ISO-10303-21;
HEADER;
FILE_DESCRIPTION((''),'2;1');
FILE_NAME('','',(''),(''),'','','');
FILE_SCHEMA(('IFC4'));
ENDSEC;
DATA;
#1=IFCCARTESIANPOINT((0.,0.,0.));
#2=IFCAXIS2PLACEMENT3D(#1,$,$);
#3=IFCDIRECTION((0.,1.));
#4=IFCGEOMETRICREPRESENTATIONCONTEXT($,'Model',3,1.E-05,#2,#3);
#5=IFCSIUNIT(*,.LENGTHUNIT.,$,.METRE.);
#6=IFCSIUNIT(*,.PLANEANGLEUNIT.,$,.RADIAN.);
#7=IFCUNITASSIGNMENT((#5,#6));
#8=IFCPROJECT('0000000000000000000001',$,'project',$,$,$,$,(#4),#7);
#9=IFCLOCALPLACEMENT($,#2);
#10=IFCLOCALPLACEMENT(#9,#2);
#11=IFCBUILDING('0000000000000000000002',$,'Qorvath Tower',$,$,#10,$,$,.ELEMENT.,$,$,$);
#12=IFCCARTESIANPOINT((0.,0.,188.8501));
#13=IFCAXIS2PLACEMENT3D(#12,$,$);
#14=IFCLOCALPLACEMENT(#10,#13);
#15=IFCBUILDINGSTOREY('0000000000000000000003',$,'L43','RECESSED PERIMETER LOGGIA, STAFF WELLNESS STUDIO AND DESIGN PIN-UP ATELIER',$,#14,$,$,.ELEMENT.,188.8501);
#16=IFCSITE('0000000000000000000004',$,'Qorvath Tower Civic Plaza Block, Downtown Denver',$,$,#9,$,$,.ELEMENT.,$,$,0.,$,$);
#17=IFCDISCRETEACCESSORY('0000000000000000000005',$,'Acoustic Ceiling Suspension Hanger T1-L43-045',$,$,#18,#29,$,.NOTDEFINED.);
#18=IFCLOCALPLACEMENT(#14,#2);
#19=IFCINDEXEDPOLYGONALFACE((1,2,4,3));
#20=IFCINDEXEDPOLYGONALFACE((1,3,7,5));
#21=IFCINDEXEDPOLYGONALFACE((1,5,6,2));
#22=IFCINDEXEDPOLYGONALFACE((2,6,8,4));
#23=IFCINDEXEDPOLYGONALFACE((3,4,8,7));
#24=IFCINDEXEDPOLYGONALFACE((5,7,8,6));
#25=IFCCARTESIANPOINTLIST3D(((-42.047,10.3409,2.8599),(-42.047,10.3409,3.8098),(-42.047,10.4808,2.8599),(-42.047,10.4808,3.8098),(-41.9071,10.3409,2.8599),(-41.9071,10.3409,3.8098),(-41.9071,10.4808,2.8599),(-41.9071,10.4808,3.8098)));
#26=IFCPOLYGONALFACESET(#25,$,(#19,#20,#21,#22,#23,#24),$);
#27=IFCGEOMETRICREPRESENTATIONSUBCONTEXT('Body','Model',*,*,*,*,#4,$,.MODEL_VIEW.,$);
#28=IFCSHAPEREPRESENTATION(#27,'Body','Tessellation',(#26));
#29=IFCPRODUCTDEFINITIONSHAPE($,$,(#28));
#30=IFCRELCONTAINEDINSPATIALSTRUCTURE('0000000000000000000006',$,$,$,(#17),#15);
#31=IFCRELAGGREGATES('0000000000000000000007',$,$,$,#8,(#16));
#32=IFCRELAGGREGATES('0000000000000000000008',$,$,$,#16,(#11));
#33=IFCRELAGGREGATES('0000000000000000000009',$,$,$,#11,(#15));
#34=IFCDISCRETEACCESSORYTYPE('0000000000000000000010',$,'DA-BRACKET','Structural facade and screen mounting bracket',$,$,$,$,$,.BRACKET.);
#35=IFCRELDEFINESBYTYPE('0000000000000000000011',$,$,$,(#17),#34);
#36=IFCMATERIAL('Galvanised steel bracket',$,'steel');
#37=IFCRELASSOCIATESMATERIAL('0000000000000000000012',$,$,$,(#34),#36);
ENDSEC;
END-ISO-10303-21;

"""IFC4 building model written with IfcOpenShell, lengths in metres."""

from ifc_helpers import new_model, si_unit, direction, frame, origin, origin_2d, place, context, subcontext, project, spatial, rectangle, extrude, material, type_object, element, save


model = new_model("IFC4")

# Units and contexts
model_context = context("Model", 3, precision=1e-05, world=origin(), true_north=direction((0.0, 1.0)))
body_context = subcontext(model_context, "Body", "Model", "MODEL_VIEW")
ifc_project = project(units=[si_unit("LENGTHUNIT", "METRE"), si_unit("PLANEANGLEUNIT", "RADIAN")], contexts=[model_context])

# Site, building, storey
site_placement = place(None, origin())
site = spatial("IfcSite", under=ifc_project, at=site_placement, Name="Qorvath Tower Civic Plaza Block, Downtown Denver", CompositionType="ELEMENT", RefElevation=0.0)
building_placement = place(site_placement, origin())
building = spatial("IfcBuilding", under=site, at=building_placement, Name="Qorvath Tower", CompositionType="ELEMENT")
storey_placement = place(building_placement, frame((0.0, 0.0, 188.8501)))
storey = spatial("IfcBuildingStorey", under=building, at=storey_placement, Name="L43", Description="RECESSED PERIMETER LOGGIA, STAFF WELLNESS STUDIO AND DESIGN PIN-UP ATELIER", CompositionType="ELEMENT", Elevation=188.8501)

# Discrete accessory
ifc_material_1 = material(Name="Galvanised steel bracket", Category="steel")
discrete_accessory_type = type_object("IfcDiscreteAccessoryType", Name="DA-BRACKET", Description="Structural facade and screen mounting bracket", PredefinedType="BRACKET", material=ifc_material_1)
for number, where, z_axis, x_axis, name in (
    (1, (-41.9771, 10.4109, 2.8599), (0.0, 0.0, 1.0), (1.0, 0.0, 0.0), "Acoustic Ceiling Suspension Hanger T1-L43-045"),
):
    element("IfcDiscreteAccessory", number, at=place(storey_placement, frame(where, z_axis=z_axis, x_axis=x_axis)), inside=storey, type_object=discrete_accessory_type, Name=name, PredefinedType="NOTDEFINED", context=body_context, shape_type="SweptSolid", body=[
        extrude(rectangle(XDim=0.1399, YDim=0.1399, at=origin_2d()), origin(), (0.0, 0.0, 1.0), 0.95),
    ])

save(model, "model.ifc")
